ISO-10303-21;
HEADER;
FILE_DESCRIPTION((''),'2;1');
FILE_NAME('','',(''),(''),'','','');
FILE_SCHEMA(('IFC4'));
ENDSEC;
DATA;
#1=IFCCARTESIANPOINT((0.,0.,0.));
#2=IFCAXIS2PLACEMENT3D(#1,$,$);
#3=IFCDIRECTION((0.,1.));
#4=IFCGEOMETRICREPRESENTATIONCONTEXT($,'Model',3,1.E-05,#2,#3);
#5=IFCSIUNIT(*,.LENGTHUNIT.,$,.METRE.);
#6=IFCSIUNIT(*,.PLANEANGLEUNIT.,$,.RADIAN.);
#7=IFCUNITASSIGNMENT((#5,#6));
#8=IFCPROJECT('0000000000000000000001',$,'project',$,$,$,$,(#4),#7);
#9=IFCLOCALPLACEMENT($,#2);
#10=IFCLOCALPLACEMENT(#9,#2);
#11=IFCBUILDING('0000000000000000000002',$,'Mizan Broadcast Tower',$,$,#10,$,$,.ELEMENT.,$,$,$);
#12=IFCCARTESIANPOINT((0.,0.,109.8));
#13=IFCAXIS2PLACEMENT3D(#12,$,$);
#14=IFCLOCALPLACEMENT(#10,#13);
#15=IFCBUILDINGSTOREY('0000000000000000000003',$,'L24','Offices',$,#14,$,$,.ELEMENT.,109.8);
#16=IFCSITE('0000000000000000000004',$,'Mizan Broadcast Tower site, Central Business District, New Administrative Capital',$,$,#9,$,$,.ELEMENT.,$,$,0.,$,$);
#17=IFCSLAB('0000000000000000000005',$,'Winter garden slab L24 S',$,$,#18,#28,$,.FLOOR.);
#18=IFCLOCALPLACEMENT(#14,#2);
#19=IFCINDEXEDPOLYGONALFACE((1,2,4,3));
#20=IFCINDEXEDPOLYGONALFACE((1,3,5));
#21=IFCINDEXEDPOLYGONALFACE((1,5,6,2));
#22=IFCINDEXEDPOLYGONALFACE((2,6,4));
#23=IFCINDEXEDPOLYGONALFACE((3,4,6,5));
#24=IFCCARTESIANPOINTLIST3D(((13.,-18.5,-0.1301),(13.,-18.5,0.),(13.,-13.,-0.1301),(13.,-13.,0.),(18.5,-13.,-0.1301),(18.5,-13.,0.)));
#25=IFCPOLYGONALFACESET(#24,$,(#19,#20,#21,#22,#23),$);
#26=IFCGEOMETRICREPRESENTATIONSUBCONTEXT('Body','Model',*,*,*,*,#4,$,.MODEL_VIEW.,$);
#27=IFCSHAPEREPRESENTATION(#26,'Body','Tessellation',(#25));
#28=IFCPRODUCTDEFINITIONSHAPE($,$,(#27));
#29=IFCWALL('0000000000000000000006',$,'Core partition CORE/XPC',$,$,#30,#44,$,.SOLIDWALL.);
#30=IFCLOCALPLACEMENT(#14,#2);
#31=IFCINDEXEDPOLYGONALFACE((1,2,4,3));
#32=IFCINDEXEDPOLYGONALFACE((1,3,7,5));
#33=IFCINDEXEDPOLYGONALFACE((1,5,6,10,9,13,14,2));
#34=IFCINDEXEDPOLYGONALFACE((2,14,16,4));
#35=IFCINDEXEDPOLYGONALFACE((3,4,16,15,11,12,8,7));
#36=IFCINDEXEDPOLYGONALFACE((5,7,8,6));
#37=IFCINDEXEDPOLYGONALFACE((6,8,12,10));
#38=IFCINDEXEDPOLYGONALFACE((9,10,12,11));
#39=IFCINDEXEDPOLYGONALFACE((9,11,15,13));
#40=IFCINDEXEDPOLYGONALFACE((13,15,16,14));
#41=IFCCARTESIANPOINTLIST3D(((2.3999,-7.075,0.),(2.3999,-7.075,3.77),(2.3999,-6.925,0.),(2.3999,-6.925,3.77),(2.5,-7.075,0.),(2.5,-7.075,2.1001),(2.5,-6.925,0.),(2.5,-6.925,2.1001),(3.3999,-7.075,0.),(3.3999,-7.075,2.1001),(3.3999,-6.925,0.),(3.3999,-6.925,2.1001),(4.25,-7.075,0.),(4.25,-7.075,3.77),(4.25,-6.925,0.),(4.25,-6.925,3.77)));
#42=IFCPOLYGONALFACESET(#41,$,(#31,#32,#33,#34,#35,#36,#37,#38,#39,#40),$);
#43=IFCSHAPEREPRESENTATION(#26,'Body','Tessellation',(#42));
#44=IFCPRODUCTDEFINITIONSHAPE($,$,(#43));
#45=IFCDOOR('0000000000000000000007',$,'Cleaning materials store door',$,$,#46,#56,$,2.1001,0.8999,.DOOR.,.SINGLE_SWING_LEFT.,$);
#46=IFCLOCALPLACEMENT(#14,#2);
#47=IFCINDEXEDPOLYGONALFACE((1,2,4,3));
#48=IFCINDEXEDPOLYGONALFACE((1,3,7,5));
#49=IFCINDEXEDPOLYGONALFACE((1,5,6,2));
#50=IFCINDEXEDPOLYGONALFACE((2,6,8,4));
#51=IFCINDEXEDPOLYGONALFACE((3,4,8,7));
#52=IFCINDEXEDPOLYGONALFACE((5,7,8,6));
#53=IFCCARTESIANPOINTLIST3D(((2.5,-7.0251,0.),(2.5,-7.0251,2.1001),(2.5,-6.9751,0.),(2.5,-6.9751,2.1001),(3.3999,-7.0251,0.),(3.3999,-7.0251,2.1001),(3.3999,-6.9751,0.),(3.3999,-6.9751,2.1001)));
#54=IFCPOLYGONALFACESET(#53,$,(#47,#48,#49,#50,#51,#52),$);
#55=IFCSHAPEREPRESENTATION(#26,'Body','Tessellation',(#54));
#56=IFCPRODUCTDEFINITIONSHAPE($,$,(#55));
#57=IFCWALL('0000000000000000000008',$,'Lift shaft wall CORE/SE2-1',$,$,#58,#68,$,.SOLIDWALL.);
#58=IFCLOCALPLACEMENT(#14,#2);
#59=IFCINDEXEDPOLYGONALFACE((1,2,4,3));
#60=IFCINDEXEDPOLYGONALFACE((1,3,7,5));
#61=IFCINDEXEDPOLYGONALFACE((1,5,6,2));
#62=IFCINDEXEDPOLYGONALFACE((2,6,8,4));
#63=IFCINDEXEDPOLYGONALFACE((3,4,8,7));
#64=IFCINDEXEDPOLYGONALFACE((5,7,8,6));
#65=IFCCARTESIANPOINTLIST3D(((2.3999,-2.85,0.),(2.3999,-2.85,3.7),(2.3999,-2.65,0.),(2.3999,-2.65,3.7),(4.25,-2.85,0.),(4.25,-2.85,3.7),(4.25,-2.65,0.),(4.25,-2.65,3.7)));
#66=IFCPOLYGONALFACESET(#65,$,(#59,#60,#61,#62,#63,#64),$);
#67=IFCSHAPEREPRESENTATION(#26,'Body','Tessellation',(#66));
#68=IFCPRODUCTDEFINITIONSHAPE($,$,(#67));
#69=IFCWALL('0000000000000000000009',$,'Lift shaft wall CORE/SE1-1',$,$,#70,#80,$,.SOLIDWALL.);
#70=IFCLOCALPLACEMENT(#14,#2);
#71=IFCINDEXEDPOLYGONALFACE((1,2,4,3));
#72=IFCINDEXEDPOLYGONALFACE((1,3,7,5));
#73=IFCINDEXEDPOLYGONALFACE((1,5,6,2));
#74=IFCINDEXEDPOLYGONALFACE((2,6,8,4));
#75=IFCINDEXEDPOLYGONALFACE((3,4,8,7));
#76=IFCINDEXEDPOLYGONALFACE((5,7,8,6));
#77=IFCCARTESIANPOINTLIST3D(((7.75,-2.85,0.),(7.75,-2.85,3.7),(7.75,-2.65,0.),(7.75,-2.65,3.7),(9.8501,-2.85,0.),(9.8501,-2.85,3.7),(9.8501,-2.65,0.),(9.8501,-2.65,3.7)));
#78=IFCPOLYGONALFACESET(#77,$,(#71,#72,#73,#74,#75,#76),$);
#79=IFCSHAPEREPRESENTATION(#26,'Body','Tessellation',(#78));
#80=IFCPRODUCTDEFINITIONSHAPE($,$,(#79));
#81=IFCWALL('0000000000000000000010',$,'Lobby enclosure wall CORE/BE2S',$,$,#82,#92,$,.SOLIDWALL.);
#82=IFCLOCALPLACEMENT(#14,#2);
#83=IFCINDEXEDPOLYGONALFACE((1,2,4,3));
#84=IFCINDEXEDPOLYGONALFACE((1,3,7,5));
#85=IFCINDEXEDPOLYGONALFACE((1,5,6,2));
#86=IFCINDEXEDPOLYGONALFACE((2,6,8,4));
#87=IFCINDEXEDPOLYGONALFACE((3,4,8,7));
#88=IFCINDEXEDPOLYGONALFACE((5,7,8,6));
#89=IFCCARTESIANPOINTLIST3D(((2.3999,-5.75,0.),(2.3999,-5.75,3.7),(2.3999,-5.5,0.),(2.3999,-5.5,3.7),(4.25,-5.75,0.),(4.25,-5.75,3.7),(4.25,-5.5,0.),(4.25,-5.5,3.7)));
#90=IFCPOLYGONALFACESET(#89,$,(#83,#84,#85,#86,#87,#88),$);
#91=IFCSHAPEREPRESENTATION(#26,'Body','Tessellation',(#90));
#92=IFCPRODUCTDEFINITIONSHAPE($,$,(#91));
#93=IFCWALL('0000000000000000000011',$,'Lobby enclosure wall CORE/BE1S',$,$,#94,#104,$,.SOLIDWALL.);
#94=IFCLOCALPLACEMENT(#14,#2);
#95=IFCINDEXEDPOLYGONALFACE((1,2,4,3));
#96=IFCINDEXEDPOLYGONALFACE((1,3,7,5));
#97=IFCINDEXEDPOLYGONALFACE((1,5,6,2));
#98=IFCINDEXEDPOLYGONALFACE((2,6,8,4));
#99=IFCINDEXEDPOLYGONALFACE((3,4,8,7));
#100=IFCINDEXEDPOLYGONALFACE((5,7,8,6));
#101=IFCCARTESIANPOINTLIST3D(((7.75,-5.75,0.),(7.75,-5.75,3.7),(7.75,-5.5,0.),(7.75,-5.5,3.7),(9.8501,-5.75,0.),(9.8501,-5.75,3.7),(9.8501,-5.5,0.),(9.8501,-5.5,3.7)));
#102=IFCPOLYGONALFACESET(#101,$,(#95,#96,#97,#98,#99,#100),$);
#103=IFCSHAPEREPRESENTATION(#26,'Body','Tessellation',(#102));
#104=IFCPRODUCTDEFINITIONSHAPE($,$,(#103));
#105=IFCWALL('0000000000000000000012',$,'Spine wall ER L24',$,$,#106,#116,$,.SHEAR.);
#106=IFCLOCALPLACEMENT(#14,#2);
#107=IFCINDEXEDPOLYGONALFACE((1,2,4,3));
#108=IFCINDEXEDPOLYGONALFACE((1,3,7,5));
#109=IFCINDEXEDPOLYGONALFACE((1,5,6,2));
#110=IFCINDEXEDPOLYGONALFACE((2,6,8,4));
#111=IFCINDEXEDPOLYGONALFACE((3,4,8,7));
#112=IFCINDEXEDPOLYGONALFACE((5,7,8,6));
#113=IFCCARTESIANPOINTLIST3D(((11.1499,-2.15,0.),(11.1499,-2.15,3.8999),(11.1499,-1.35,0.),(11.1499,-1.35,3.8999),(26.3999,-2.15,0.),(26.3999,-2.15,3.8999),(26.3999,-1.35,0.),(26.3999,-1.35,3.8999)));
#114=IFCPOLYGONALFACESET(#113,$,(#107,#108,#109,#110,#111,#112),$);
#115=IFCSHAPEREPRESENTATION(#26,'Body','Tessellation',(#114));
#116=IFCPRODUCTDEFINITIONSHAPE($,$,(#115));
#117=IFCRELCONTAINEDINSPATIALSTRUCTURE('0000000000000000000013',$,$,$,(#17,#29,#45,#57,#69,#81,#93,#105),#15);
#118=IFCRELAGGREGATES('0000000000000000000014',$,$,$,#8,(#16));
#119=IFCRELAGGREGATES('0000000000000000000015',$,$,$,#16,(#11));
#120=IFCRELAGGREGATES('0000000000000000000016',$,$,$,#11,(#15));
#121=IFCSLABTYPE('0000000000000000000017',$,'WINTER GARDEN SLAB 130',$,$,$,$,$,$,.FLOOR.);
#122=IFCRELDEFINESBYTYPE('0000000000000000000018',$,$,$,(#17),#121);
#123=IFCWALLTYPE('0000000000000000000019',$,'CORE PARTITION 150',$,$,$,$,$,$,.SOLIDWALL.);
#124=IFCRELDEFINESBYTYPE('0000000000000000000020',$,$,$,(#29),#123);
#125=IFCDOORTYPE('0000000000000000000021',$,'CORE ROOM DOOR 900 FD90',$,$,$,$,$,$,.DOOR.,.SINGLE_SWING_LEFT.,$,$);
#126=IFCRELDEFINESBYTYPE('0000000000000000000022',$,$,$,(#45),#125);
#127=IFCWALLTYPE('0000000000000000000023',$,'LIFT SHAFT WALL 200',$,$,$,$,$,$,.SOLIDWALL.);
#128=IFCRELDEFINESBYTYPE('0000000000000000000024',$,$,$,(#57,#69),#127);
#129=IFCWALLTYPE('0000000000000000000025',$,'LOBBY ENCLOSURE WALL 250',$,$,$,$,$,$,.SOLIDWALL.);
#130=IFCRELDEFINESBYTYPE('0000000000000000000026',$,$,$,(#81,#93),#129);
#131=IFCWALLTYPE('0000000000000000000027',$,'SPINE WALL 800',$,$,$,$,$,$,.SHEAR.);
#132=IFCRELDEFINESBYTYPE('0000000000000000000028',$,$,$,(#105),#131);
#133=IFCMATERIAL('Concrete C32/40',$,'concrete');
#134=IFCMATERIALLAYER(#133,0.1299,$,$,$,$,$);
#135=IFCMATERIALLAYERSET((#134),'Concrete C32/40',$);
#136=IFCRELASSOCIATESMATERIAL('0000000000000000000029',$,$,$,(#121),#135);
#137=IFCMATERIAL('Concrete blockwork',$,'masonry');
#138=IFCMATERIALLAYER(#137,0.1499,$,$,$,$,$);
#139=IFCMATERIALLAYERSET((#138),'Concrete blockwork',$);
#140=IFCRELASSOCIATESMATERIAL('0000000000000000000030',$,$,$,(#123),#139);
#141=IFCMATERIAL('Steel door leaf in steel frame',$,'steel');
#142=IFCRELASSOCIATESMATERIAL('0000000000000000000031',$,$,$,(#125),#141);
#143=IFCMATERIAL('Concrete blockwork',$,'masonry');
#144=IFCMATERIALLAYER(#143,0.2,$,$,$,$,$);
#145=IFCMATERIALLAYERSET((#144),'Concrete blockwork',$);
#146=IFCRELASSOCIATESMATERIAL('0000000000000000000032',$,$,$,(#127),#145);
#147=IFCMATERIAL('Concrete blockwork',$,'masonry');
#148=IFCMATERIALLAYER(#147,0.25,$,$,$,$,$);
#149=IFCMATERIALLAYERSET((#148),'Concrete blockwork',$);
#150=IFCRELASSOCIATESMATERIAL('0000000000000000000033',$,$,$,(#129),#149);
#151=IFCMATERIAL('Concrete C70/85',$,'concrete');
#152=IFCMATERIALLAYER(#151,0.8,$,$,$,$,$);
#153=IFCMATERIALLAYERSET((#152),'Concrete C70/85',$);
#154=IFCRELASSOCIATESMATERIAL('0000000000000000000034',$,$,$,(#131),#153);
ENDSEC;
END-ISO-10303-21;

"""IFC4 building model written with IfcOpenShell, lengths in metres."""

from ifc_helpers import new_model, si_unit, direction, frame, frame_2d, origin, place, context, subcontext, project, spatial, polyline, rectangle, outline, extrude, material, layer, layer_set, type_object, element, fill, save


model = new_model("IFC4")

# Units and contexts
model_context = context("Model", 3, precision=1e-05, world=origin(), true_north=direction((0.0, 1.0)))
body_context = subcontext(model_context, "Body", "Model", "MODEL_VIEW")
ifc_project = project(units=[si_unit("LENGTHUNIT", "METRE"), si_unit("PLANEANGLEUNIT", "RADIAN")], contexts=[model_context])

# Site, building, storey
site_placement = place(None, origin())
site = spatial("IfcSite", under=ifc_project, at=site_placement, Name="Mizan Broadcast Tower site, Central Business District, New Administrative Capital", CompositionType="ELEMENT", RefElevation=0.0)
building_placement = place(site_placement, origin())
building = spatial("IfcBuilding", under=site, at=building_placement, Name="Mizan Broadcast Tower", CompositionType="ELEMENT")
storey_placement = place(building_placement, frame((0.0, 0.0, 109.8)))
storey = spatial("IfcBuildingStorey", under=building, at=storey_placement, Name="L24", Description="Offices", CompositionType="ELEMENT", Elevation=109.8)

# Slab
ifc_material_1 = material(Name="Concrete C32/40", Category="concrete")
ifc_layer_1 = layer(ifc_material_1, 0.1299)
ifc_layer_set_1 = layer_set([ifc_layer_1], Name="Concrete C32/40")
slab_type_1 = type_object("IfcSlabType", Name="WINTER GARDEN SLAB 130", PredefinedType="FLOOR", material=ifc_layer_set_1)
slab_1_placement = place(storey_placement, frame((0.0, 0.0, -0.1301)))
element("IfcSlab", 1, at=slab_1_placement, inside=storey, type_object=slab_type_1, Name="Winter garden slab L24 S", PredefinedType="FLOOR", context=body_context, shape_type="SweptSolid", body=[
    extrude(outline(polyline([(13.0, -13.0), (13.0, -18.5), (18.5, -13.0), (13.0, -13.0)])), origin(), (0.0, 0.0, 1.0), 0.1301),
])

# Wall, opening, door
ifc_material_2 = material(Name="Concrete blockwork", Category="masonry")
ifc_layer_2 = layer(ifc_material_2, 0.1499)
ifc_layer_set_2 = layer_set([ifc_layer_2], Name="Concrete blockwork")
wall_type_1 = type_object("IfcWallType", Name="CORE PARTITION 150", PredefinedType="SOLIDWALL", material=ifc_layer_set_2)
wall_1_placement = place(storey_placement, frame((2.3999, -7.0, 0.0), z_axis=(0.0, 0.0, 1.0), x_axis=(1.0, 0.0, 0.0)))
wall_1 = element("IfcWall", 2, at=wall_1_placement, inside=storey, type_object=wall_type_1, Name="Core partition CORE/XPC", PredefinedType="SOLIDWALL", context=body_context, shape_type="SweptSolid", body=[
    extrude(rectangle(XDim=1.8501, YDim=0.1499, at=frame_2d((0.925, 0.0))), origin(), (0.0, 0.0, 1.0), 3.77),
])
opening_placement = place(wall_1_placement, frame((0.1001, 0.0, 0.0)))
opening = element("IfcOpeningElement", 3, at=opening_placement, cuts=wall_1, PredefinedType="OPENING", context=body_context, shape_type="SweptSolid", body=[
    extrude(rectangle(XDim=0.8999, YDim=2.1001, at=frame_2d((0.45, 1.05))), frame((0.0, 0.085, 0.0), z_axis=(0.0, -1.0, 0.0), x_axis=(1.0, 0.0, 0.0)), (0.0, 0.0, 1.0), 0.1699),
])
ifc_material_3 = material(Name="Steel door leaf in steel frame", Category="steel")
door_type = type_object("IfcDoorType", Name="CORE ROOM DOOR 900 FD90", OperationType="SINGLE_SWING_LEFT", PredefinedType="DOOR", material=ifc_material_3)
door_placement = place(opening_placement, origin())
door = element("IfcDoor", 4, at=door_placement, inside=storey, type_object=door_type, Name="Cleaning materials store door", OperationType="SINGLE_SWING_LEFT", OverallHeight=2.1001, OverallWidth=0.8999, PredefinedType="DOOR", context=body_context, shape_type="SweptSolid", body=[
    extrude(rectangle(XDim=0.8999, YDim=2.1001, at=frame_2d((0.45, 1.05))), frame((0.0, 0.0249, 0.0), z_axis=(0.0, -1.0, 0.0), x_axis=(1.0, 0.0, 0.0)), (0.0, 0.0, 1.0), 0.05),
])
fill(opening, door)

# Walls
ifc_material_4 = material(Name="Concrete blockwork", Category="masonry")
ifc_layer_3 = layer(ifc_material_4, 0.2)
ifc_layer_set_3 = layer_set([ifc_layer_3], Name="Concrete blockwork")
wall_type_2 = type_object("IfcWallType", Name="LIFT SHAFT WALL 200", PredefinedType="SOLIDWALL", material=ifc_layer_set_3)
wall_2_placement = place(storey_placement, frame((2.3999, -2.75, 0.0), z_axis=(0.0, 0.0, 1.0), x_axis=(1.0, 0.0, 0.0)))
element("IfcWall", 5, at=wall_2_placement, inside=storey, type_object=wall_type_2, Name="Lift shaft wall CORE/SE2-1", PredefinedType="SOLIDWALL", context=body_context, shape_type="SweptSolid", body=[
    extrude(rectangle(XDim=1.8501, YDim=0.2, at=frame_2d((0.925, 0.0))), origin(), (0.0, 0.0, 1.0), 3.7),
])
wall_3_placement = place(storey_placement, frame((7.75, -2.75, 0.0), z_axis=(0.0, 0.0, 1.0), x_axis=(1.0, 0.0, 0.0)))
element("IfcWall", 6, at=wall_3_placement, inside=storey, type_object=wall_type_2, Name="Lift shaft wall CORE/SE1-1", PredefinedType="SOLIDWALL", context=body_context, shape_type="SweptSolid", body=[
    extrude(rectangle(XDim=2.1001, YDim=0.2, at=frame_2d((1.05, 0.0))), origin(), (0.0, 0.0, 1.0), 3.7),
])
ifc_material_5 = material(Name="Concrete blockwork", Category="masonry")
ifc_layer_4 = layer(ifc_material_5, 0.25)
ifc_layer_set_4 = layer_set([ifc_layer_4], Name="Concrete blockwork")
wall_type_3 = type_object("IfcWallType", Name="LOBBY ENCLOSURE WALL 250", PredefinedType="SOLIDWALL", material=ifc_layer_set_4)
wall_4_placement = place(storey_placement, frame((2.3999, -5.625, 0.0), z_axis=(0.0, 0.0, 1.0), x_axis=(1.0, 0.0, 0.0)))
element("IfcWall", 7, at=wall_4_placement, inside=storey, type_object=wall_type_3, Name="Lobby enclosure wall CORE/BE2S", PredefinedType="SOLIDWALL", context=body_context, shape_type="SweptSolid", body=[
    extrude(rectangle(XDim=1.8501, YDim=0.25, at=frame_2d((0.925, 0.0))), origin(), (0.0, 0.0, 1.0), 3.7),
])
wall_5_placement = place(storey_placement, frame((7.75, -5.625, 0.0), z_axis=(0.0, 0.0, 1.0), x_axis=(1.0, 0.0, 0.0)))
element("IfcWall", 8, at=wall_5_placement, inside=storey, type_object=wall_type_3, Name="Lobby enclosure wall CORE/BE1S", PredefinedType="SOLIDWALL", context=body_context, shape_type="SweptSolid", body=[
    extrude(rectangle(XDim=2.1001, YDim=0.25, at=frame_2d((1.05, 0.0))), origin(), (0.0, 0.0, 1.0), 3.7),
])
ifc_material_6 = material(Name="Concrete C70/85", Category="concrete")
ifc_layer_5 = layer(ifc_material_6, 0.8)
ifc_layer_set_5 = layer_set([ifc_layer_5], Name="Concrete C70/85")
wall_type_4 = type_object("IfcWallType", Name="SPINE WALL 800", PredefinedType="SHEAR", material=ifc_layer_set_5)
wall_6_placement = place(storey_placement, frame((11.1499, -1.75, 0.0), z_axis=(0.0, 0.0, 1.0), x_axis=(1.0, 0.0, 0.0)))
element("IfcWall", 9, at=wall_6_placement, inside=storey, type_object=wall_type_4, Name="Spine wall ER L24", PredefinedType="SHEAR", context=body_context, shape_type="SweptSolid", body=[
    extrude(rectangle(XDim=15.25, YDim=0.8, at=frame_2d((7.625, 0.0))), origin(), (0.0, 0.0, 1.0), 3.8999),
])

save(model, "model.ifc")
